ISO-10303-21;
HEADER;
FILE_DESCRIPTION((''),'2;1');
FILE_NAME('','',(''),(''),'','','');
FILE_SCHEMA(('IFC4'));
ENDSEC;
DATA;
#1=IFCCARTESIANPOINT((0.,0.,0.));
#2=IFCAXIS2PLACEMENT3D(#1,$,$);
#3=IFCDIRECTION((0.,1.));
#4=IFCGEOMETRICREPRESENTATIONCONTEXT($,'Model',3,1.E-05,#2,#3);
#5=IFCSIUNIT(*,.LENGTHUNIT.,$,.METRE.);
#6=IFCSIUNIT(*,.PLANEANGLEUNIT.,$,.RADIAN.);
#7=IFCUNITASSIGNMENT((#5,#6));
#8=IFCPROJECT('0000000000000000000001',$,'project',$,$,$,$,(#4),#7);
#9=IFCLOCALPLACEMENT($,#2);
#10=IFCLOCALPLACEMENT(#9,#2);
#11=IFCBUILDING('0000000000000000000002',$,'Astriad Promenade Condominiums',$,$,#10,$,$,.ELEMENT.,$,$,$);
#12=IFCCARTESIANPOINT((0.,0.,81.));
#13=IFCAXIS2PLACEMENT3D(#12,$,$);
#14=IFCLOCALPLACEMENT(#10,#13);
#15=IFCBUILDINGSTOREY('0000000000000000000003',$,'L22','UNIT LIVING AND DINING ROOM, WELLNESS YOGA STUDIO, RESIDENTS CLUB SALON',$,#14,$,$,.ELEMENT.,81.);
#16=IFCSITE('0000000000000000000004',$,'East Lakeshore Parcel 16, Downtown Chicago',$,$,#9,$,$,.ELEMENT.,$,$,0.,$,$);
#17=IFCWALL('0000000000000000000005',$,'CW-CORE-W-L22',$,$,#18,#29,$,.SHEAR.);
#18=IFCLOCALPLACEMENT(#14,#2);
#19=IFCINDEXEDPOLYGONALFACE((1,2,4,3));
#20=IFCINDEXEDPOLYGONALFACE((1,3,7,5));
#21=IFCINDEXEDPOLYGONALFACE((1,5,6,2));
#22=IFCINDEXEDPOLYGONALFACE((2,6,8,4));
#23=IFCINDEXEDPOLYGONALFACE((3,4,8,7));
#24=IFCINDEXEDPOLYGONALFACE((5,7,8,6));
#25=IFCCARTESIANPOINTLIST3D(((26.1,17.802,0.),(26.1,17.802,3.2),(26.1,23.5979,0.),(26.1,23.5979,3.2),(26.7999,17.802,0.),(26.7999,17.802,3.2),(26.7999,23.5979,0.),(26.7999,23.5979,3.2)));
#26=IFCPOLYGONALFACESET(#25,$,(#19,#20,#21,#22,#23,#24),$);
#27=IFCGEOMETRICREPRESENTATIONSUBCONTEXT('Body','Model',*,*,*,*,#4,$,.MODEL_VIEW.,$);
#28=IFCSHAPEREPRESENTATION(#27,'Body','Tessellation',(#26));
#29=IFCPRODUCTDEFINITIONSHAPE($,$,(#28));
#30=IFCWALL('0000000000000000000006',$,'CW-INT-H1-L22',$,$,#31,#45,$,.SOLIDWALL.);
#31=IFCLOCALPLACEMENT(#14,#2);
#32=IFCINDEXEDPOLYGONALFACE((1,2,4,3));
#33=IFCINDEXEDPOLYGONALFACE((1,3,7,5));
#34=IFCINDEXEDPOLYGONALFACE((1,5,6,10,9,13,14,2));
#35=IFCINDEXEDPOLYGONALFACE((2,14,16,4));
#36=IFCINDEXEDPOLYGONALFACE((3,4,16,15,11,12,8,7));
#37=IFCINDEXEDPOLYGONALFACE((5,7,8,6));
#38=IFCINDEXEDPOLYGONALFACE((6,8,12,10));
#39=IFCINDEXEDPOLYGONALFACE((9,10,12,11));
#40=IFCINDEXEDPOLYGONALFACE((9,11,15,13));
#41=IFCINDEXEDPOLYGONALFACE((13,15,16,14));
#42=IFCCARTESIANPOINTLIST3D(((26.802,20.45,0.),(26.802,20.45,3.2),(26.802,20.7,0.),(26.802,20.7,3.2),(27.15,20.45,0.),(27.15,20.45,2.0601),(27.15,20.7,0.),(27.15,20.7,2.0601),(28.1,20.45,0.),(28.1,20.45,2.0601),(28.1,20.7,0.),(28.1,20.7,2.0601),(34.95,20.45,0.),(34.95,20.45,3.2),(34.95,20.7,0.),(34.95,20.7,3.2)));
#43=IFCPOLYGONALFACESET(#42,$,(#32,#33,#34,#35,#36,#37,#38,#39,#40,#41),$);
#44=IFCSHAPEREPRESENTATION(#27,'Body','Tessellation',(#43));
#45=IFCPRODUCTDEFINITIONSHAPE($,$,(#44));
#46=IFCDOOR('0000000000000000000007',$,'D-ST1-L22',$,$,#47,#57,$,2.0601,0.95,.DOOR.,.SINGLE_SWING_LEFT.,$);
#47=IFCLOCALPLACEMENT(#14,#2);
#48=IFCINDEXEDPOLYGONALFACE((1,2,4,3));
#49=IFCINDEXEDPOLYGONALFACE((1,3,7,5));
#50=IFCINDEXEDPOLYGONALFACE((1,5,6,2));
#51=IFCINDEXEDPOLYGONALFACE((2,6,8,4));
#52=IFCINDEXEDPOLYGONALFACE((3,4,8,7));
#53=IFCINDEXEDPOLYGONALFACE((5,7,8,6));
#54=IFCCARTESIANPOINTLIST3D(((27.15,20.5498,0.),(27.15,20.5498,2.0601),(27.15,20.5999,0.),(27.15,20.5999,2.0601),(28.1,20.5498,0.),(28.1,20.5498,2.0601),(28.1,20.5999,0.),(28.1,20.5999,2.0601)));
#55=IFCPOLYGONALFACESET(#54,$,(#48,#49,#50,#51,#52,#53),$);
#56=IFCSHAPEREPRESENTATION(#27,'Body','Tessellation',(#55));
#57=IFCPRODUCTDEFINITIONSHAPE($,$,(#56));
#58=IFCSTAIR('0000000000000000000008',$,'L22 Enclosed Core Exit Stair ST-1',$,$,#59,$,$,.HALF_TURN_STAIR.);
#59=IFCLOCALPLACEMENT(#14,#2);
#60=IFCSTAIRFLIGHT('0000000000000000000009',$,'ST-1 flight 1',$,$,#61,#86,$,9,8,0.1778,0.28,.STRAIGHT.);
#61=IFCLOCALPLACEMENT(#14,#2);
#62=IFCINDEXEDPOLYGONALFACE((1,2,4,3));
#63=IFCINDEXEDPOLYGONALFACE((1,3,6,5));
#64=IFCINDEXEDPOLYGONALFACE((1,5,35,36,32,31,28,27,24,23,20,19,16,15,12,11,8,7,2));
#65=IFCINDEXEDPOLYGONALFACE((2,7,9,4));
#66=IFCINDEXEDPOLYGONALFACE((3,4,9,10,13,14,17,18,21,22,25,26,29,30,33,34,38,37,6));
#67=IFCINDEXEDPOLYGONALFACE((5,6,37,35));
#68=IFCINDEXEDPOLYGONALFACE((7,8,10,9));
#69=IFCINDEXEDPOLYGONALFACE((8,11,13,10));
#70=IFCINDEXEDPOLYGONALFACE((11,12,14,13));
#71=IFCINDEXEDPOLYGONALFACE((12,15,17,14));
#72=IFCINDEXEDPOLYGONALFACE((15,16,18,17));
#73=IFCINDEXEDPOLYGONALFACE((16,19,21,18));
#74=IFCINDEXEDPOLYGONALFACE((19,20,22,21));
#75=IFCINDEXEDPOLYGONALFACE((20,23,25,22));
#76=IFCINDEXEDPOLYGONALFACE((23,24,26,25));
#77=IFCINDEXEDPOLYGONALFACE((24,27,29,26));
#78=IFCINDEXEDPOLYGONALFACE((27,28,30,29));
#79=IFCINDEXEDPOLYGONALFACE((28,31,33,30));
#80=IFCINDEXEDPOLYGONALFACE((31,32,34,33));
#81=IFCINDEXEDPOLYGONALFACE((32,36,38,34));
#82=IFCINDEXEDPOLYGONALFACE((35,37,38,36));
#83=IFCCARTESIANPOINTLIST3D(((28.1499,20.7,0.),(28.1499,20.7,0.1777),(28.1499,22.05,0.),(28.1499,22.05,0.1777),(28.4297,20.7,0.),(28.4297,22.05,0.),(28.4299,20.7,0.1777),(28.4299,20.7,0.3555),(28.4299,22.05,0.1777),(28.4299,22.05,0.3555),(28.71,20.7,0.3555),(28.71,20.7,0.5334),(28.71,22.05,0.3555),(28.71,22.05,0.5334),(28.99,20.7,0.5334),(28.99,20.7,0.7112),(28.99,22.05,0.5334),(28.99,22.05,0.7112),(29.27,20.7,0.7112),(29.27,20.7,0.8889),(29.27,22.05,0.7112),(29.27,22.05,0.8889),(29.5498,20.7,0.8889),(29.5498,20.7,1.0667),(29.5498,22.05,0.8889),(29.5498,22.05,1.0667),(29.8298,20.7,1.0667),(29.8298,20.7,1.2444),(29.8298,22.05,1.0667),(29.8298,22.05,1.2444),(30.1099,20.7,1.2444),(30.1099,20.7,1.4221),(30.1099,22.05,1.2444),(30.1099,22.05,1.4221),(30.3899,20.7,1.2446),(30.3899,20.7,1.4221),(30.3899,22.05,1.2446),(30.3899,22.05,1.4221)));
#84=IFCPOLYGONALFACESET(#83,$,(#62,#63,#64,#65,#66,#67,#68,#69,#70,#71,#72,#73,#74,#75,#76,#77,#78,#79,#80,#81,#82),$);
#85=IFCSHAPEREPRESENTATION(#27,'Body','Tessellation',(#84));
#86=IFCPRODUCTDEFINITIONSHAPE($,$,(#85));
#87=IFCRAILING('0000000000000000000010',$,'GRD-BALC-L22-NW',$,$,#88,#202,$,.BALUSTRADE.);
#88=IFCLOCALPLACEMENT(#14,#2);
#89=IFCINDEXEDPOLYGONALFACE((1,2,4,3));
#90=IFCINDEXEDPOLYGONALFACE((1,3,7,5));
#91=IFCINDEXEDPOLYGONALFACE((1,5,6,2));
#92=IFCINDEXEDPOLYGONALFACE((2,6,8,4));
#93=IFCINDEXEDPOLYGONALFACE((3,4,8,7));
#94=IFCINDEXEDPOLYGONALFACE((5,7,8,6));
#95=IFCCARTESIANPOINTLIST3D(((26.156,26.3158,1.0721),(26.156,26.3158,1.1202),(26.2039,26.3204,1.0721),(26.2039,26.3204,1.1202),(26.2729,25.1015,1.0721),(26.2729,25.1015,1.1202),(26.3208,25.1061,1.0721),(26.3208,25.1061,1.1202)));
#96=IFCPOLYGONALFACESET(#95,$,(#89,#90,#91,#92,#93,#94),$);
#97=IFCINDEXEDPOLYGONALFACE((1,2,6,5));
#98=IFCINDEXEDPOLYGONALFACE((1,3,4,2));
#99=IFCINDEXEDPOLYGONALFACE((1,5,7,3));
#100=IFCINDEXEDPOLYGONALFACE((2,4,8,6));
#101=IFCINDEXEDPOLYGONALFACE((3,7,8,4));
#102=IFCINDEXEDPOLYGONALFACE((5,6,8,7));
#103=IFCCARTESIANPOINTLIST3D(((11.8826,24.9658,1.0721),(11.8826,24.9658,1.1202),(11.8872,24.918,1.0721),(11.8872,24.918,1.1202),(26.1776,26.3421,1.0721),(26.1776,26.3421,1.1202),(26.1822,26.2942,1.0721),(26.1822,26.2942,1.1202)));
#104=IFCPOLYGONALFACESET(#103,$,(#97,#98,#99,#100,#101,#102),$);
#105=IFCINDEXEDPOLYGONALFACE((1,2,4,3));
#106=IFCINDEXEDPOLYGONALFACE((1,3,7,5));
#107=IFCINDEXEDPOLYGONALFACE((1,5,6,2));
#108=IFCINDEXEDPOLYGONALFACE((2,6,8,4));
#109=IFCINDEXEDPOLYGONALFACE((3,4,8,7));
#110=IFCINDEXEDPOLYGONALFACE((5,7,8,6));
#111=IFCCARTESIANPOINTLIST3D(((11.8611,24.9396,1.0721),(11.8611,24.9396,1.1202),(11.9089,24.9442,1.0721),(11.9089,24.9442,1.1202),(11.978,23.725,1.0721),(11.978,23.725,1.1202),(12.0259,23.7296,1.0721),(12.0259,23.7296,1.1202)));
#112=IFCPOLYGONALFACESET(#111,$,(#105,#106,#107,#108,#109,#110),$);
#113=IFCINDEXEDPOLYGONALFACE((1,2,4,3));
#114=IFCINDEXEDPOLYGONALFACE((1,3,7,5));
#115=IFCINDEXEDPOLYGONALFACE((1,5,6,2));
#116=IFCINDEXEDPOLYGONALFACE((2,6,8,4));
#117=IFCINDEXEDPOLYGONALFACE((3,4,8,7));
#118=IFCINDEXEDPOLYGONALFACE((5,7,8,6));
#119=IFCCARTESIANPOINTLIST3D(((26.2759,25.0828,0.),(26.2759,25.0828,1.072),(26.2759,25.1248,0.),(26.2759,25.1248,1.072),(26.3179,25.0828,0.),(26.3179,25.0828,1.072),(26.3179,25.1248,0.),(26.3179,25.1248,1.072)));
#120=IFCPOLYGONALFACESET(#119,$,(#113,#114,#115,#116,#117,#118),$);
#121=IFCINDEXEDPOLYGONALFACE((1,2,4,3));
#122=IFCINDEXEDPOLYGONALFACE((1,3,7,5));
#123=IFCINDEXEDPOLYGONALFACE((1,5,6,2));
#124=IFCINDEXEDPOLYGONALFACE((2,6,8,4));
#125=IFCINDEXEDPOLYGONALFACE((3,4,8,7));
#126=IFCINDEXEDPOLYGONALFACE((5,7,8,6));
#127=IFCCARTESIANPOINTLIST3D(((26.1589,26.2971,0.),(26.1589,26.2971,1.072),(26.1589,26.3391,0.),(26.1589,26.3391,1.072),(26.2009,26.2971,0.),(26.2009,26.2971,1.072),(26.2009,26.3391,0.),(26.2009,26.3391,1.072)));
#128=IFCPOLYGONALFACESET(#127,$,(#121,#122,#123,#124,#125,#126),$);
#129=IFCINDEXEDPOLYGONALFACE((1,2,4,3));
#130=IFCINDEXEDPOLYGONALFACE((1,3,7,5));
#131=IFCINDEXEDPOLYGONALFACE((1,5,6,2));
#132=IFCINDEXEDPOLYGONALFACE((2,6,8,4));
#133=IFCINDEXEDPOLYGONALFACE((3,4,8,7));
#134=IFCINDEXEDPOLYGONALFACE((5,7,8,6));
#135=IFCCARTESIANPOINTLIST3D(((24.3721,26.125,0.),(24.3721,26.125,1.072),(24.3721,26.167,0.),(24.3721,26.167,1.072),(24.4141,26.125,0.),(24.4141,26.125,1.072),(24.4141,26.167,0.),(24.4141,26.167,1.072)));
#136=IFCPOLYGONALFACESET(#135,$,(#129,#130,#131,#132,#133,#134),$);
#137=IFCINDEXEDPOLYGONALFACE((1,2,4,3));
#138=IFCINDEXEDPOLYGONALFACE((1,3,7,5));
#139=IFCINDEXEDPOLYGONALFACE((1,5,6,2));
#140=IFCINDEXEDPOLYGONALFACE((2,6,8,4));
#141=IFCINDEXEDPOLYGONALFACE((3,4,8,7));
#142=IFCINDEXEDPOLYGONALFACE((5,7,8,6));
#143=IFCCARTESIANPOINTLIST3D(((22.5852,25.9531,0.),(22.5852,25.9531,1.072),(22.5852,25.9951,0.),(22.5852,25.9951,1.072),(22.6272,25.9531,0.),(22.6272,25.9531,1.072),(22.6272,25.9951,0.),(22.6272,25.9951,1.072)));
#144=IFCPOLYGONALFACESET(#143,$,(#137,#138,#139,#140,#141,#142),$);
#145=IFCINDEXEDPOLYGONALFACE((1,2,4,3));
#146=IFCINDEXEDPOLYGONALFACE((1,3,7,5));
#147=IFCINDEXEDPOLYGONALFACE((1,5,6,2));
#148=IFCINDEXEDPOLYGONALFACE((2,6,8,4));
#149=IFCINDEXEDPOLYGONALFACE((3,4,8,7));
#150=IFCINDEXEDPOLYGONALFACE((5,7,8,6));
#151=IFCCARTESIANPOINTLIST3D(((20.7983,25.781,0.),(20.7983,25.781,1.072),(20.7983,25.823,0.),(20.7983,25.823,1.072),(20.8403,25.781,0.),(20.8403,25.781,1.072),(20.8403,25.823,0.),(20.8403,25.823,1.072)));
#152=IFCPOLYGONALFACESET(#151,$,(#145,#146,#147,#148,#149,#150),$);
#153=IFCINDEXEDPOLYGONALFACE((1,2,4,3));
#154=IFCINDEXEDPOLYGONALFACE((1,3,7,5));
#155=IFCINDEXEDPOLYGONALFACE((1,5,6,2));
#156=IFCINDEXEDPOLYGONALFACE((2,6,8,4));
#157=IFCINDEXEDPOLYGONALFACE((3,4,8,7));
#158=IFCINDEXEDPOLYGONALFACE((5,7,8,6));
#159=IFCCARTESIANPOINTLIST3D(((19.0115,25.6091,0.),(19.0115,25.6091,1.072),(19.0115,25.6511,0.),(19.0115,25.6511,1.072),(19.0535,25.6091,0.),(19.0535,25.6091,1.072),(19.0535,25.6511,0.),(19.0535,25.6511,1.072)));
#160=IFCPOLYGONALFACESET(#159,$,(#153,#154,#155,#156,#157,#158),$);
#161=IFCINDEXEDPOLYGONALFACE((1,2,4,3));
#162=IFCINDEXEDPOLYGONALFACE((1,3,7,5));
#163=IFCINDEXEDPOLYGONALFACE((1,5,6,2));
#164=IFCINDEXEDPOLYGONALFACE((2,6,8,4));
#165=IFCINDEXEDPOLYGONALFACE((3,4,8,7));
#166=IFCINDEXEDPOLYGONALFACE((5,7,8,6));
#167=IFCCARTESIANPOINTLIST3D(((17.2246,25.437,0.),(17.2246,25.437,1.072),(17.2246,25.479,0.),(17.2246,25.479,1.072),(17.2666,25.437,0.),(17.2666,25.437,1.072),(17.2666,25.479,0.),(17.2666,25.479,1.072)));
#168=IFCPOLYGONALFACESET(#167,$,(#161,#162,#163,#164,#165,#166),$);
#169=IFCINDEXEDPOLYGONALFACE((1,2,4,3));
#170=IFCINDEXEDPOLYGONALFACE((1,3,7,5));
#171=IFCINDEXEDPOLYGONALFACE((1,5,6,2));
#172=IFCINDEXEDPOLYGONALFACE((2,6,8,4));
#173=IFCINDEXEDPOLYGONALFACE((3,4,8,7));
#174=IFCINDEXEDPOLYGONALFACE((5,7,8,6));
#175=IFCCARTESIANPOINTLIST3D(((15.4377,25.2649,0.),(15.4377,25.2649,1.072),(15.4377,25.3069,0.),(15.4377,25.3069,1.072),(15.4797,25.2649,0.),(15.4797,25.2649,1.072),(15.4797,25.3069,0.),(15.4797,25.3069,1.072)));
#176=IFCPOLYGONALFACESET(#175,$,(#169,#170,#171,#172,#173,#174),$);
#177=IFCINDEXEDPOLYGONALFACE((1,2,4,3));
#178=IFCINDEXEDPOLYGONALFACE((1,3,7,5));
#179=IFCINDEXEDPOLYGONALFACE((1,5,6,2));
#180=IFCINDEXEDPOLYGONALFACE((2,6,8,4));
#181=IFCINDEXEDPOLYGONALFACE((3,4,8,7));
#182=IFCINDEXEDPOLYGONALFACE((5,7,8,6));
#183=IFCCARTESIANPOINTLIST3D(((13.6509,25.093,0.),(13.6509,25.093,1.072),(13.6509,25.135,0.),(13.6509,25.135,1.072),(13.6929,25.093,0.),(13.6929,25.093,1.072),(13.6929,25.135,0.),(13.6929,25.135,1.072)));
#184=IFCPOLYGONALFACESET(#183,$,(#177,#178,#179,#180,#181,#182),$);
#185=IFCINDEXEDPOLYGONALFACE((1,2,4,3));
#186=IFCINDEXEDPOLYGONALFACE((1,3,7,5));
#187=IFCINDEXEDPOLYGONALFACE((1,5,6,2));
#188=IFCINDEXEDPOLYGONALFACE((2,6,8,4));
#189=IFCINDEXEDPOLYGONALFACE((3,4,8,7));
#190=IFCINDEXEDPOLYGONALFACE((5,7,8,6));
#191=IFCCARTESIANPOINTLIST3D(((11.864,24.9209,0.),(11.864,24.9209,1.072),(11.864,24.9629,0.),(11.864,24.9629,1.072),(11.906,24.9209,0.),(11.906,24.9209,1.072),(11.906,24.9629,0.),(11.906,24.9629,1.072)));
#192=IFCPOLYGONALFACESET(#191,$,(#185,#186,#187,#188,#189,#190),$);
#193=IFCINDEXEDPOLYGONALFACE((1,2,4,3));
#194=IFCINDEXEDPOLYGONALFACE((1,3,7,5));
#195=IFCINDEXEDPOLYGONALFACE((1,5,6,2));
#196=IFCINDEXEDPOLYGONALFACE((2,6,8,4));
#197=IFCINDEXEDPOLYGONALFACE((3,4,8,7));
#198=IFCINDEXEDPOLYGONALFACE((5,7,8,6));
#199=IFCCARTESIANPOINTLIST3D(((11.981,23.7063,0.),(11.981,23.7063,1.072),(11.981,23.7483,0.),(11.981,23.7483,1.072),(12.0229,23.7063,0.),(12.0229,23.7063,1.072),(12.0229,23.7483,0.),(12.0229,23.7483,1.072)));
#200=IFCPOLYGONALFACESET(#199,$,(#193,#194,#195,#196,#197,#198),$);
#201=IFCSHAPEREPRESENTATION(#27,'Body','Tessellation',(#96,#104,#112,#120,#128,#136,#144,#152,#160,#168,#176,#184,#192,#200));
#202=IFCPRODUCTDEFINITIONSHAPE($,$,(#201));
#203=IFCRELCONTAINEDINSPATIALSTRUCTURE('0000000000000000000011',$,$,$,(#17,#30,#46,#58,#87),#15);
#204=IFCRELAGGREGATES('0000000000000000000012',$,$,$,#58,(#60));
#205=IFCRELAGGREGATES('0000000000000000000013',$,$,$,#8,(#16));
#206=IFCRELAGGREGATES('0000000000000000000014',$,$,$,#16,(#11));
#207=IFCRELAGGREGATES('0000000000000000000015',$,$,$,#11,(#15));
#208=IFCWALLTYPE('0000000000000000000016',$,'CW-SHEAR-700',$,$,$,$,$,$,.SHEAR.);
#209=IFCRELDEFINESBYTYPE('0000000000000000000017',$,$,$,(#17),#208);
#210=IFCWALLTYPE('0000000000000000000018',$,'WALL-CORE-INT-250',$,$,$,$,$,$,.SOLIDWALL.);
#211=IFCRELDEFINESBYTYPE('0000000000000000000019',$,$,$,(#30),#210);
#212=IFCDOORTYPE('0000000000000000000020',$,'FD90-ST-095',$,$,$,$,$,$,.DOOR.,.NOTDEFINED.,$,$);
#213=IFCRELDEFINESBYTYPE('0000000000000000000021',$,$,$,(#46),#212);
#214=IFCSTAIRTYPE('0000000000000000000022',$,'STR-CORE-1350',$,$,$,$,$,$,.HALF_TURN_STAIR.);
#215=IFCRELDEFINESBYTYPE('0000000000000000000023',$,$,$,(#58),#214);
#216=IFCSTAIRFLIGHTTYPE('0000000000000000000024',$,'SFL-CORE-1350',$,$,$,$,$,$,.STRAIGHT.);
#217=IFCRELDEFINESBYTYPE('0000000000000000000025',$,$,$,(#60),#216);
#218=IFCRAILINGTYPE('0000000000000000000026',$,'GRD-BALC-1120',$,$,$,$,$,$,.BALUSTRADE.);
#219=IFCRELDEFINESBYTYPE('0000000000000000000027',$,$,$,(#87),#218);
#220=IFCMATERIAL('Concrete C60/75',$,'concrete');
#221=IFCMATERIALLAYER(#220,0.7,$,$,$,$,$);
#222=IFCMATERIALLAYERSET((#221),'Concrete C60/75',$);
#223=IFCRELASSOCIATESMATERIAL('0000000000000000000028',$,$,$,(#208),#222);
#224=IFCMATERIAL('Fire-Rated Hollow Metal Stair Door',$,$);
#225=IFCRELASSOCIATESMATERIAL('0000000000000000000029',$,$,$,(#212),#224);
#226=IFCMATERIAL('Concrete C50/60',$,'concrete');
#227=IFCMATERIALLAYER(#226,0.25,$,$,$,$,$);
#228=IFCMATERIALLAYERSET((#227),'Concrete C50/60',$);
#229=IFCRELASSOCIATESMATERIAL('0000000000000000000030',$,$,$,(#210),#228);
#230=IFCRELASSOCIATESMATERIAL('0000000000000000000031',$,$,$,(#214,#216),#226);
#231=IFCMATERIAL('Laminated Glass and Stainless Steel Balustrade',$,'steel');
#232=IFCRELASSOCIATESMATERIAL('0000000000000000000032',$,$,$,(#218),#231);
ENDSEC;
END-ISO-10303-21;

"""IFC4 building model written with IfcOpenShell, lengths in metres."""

from ifc_helpers import new_model, si_unit, direction, frame, frame_2d, origin, origin_2d, place, context, subcontext, project, spatial, polyline, rectangle, outline, extrude, source, transform, mapped, material, layer, layer_set, type_object, type_shapes, element, fill, aggregate, save


model = new_model("IFC4")

# Units and contexts
model_context = context("Model", 3, precision=1e-05, world=origin(), true_north=direction((0.0, 1.0)))
body_context = subcontext(model_context, "Body", "Model", "MODEL_VIEW")
ifc_project = project(units=[si_unit("LENGTHUNIT", "METRE"), si_unit("PLANEANGLEUNIT", "RADIAN")], contexts=[model_context])

# Site, building, storey
site_placement = place(None, origin())
site = spatial("IfcSite", under=ifc_project, at=site_placement, Name="East Lakeshore Parcel 16, Downtown Chicago", CompositionType="ELEMENT", RefElevation=0.0)
building_placement = place(site_placement, origin())
building = spatial("IfcBuilding", under=site, at=building_placement, Name="Astriad Promenade Condominiums", CompositionType="ELEMENT")
storey_placement = place(building_placement, frame((0.0, 0.0, 81.0)))
storey = spatial("IfcBuildingStorey", under=building, at=storey_placement, Name="L22", Description="UNIT LIVING AND DINING ROOM, WELLNESS YOGA STUDIO, RESIDENTS CLUB SALON", CompositionType="ELEMENT", Elevation=81.0)

# Shared definitions
ifc_material_1 = material(Name="Concrete C60/75", Category="concrete")

# Shared definitions
ifc_layer_1 = layer(ifc_material_1, 0.7)
ifc_layer_set_1 = layer_set([ifc_layer_1], Name="Concrete C60/75")
wall_type_1 = type_object("IfcWallType", Name="CW-SHEAR-700", PredefinedType="SHEAR", material=ifc_layer_set_1)
ifc_material_2 = material(Name="Fire-Rated Hollow Metal Stair Door")
door_type_1 = type_object("IfcDoorType", Name="FD90-ST-095", OperationType="NOTDEFINED", PredefinedType="DOOR", material=ifc_material_2)
shared_shape_1 = source(origin(), body_context, "Body", "SweptSolid", [
    extrude(rectangle(XDim=0.95, YDim=2.0601, at=frame_2d((0.4751, 1.03))), frame((0.0, 0.0249, 0.0), z_axis=(0.0, -1.0, 0.0), x_axis=(1.0, 0.0, 0.0)), (0.0, 0.0, 1.0), 0.05),
])
type_shapes(door_type_1, [shared_shape_1])

# Wall
wall_1_placement = place(storey_placement, frame((26.45, 17.802, 0.0), z_axis=(0.0, 0.0, 1.0), x_axis=(0.0, 1.0, 0.0)))
element("IfcWall", 1, at=wall_1_placement, inside=storey, type_object=wall_type_1, Name="CW-CORE-W-L22", PredefinedType="SHEAR", context=body_context, shape_type="SweptSolid", body=[
    extrude(rectangle(XDim=5.7959, YDim=0.7, at=frame_2d((2.8979, 0.0))), origin(), (0.0, 0.0, 1.0), 3.2),
])

# Wall, opening, door
ifc_material_3 = material(Name="Concrete C50/60", Category="concrete")
ifc_layer_2 = layer(ifc_material_3, 0.25)
ifc_layer_set_2 = layer_set([ifc_layer_2], Name="Concrete C50/60")
wall_type_2 = type_object("IfcWallType", Name="WALL-CORE-INT-250", PredefinedType="SOLIDWALL", material=ifc_layer_set_2)
wall_2_placement = place(storey_placement, frame((26.802, 20.575, 0.0), z_axis=(0.0, 0.0, 1.0), x_axis=(1.0, 0.0, 0.0)))
wall_2 = element("IfcWall", 2, at=wall_2_placement, inside=storey, type_object=wall_type_2, Name="CW-INT-H1-L22", PredefinedType="SOLIDWALL", context=body_context, shape_type="SweptSolid", body=[
    extrude(rectangle(XDim=8.1479, YDim=0.25, at=frame_2d((4.074, 0.0))), origin(), (0.0, 0.0, 1.0), 3.2),
])
opening_1_placement = place(wall_2_placement, frame((0.3479, 0.0, 0.0)))
opening_1 = element("IfcOpeningElement", 3, at=opening_1_placement, cuts=wall_2, PredefinedType="OPENING", context=body_context, shape_type="SweptSolid", body=[
    extrude(rectangle(XDim=0.95, YDim=2.0601, at=frame_2d((0.4751, 1.03))), frame((0.0, 0.135, 0.0), z_axis=(0.0, -1.0, 0.0), x_axis=(1.0, 0.0, 0.0)), (0.0, 0.0, 1.0), 0.27),
])
door_1_placement = place(opening_1_placement, origin())
door_1 = element("IfcDoor", 4, at=door_1_placement, inside=storey, type_object=door_type_1, Name="D-ST1-L22", OperationType="SINGLE_SWING_LEFT", OverallHeight=2.0601, OverallWidth=0.95, PredefinedType="DOOR", context=body_context, shape_type="MappedRepresentation", body=[
    mapped(shared_shape_1, transform((0.0, 0.0, 0.0), scale=1.0)),
])
fill(opening_1, door_1)

# Stair, stair flight
stair_type = type_object("IfcStairType", Name="STR-CORE-1350", PredefinedType="HALF_TURN_STAIR", material=ifc_material_3)
stair_placement = place(storey_placement, origin())
stair = element("IfcStair", 5, at=stair_placement, inside=storey, type_object=stair_type, Name="L22 Enclosed Core Exit Stair ST-1", PredefinedType="HALF_TURN_STAIR")
stair_flight_type = type_object("IfcStairFlightType", Name="SFL-CORE-1350", PredefinedType="STRAIGHT", material=ifc_material_3)
shared_shape_2 = source(origin(), body_context, "Body", "SweptSolid", [
    extrude(outline(polyline([(0.0, 0.0), (0.0, 0.1777), (0.28, 0.1777), (0.28, 0.3555), (0.5601, 0.3555), (0.5601, 0.5334), (0.8401, 0.5334), (0.8401, 0.7112), (1.1201, 0.7112), (1.1201, 0.8889), (1.3999, 0.8889), (1.3999, 1.0667), (1.6799, 1.0667), (1.6799, 1.2444), (1.96, 1.2444), (1.96, 1.4221), (2.24, 1.4221), (2.24, 1.6001), (2.24, 1.2446), (0.2798, 0.0), (0.0, 0.0)])), frame((0.0, 0.675, 0.0), z_axis=(0.0, -1.0, 0.0), x_axis=(1.0, 0.0, 0.0)), (0.0, 0.0, 1.0), 1.3501),
])
type_shapes(stair_flight_type, [shared_shape_2])
stair_flight_placement = place(storey_placement, frame((28.1499, 21.375, 0.0), z_axis=(0.0, 0.0, 1.0), x_axis=(1.0, 0.0, 0.0)))
stair_flight = element("IfcStairFlight", 6, at=stair_flight_placement, type_object=stair_flight_type, Name="ST-1 flight 1", NumberOfRisers=9, NumberOfTreads=8, PredefinedType="STRAIGHT", RiserHeight=0.1778, TreadLength=0.28, context=body_context, shape_type="MappedRepresentation", body=[
    mapped(shared_shape_2, transform((0.0, 0.0, 0.0), scale=1.0)),
])
aggregate(stair, [stair_flight])

# Railing
ifc_material_4 = material(Name="Laminated Glass and Stainless Steel Balustrade", Category="steel")
railing_type_1 = type_object("IfcRailingType", Name="GRD-BALC-1120", PredefinedType="BALUSTRADE", material=ifc_material_4)
shared_shape_3 = source(origin(), body_context, "Body", "SweptSolid", [
    extrude(rectangle(XDim=0.0481, YDim=0.0481, at=origin_2d()), frame((0.0, 0.0, 1.0962), z_axis=(-0.095857, 0.995395, 0.0), x_axis=(-0.995395, -0.095857, 0.0)), (0.0, 0.0, 1.0), 1.22),
    extrude(rectangle(XDim=0.0481, YDim=0.0481, at=origin_2d()), frame((-0.1169, 1.2144, 1.0962), z_axis=(-0.995398, -0.09583, 0.0), x_axis=(0.09583, -0.995398, 0.0)), (0.0, 0.0, 1.0), 14.3611),
    extrude(rectangle(XDim=0.0481, YDim=0.0481, at=origin_2d()), frame((-14.4119, -0.1619, 1.0962), z_axis=(0.095838, -0.995397, 0.0), x_axis=(0.995397, 0.095838, 0.0)), (0.0, 0.0, 1.0), 1.2202),
    extrude(rectangle(XDim=0.042, YDim=0.042, at=origin_2d()), origin(), (0.0, 0.0, 1.0), 1.072),
    extrude(rectangle(XDim=0.042, YDim=0.042, at=origin_2d()), frame((-0.1169, 1.2144, 0.0)), (0.0, 0.0, 1.0), 1.072),
    extrude(rectangle(XDim=0.042, YDim=0.042, at=origin_2d()), frame((-1.9038, 1.0422, 0.0)), (0.0, 0.0, 1.0), 1.072),
    extrude(rectangle(XDim=0.042, YDim=0.042, at=origin_2d()), frame((-3.6907, 0.8704, 0.0)), (0.0, 0.0, 1.0), 1.072),
    extrude(rectangle(XDim=0.042, YDim=0.042, at=origin_2d()), frame((-5.4775, 0.6982, 0.0)), (0.0, 0.0, 1.0), 1.072),
    extrude(rectangle(XDim=0.042, YDim=0.042, at=origin_2d()), frame((-7.2644, 0.5264, 0.0)), (0.0, 0.0, 1.0), 1.072),
    extrude(rectangle(XDim=0.042, YDim=0.042, at=origin_2d()), frame((-9.0513, 0.3542, 0.0)), (0.0, 0.0, 1.0), 1.072),
    extrude(rectangle(XDim=0.042, YDim=0.042, at=origin_2d()), frame((-10.8381, 0.1821, 0.0)), (0.0, 0.0, 1.0), 1.072),
    extrude(rectangle(XDim=0.042, YDim=0.042, at=origin_2d()), frame((-12.625, 0.0103, 0.0)), (0.0, 0.0, 1.0), 1.072),
    extrude(rectangle(XDim=0.042, YDim=0.042, at=origin_2d()), frame((-14.4119, -0.1619, 0.0)), (0.0, 0.0, 1.0), 1.072),
    extrude(rectangle(XDim=0.042, YDim=0.042, at=origin_2d()), frame((-14.2949, -1.3765, 0.0)), (0.0, 0.0, 1.0), 1.072),
])
type_shapes(railing_type_1, [shared_shape_3])
railing_1_placement = place(storey_placement, frame((26.2969, 25.1038, 0.0)))
element("IfcRailing", 7, at=railing_1_placement, inside=storey, type_object=railing_type_1, Name="GRD-BALC-L22-NW", PredefinedType="BALUSTRADE", context=body_context, shape_type="MappedRepresentation", body=[
    mapped(shared_shape_3, transform((0.0, 0.0, 0.0), scale=1.0)),
])

save(model, "model.ifc")
